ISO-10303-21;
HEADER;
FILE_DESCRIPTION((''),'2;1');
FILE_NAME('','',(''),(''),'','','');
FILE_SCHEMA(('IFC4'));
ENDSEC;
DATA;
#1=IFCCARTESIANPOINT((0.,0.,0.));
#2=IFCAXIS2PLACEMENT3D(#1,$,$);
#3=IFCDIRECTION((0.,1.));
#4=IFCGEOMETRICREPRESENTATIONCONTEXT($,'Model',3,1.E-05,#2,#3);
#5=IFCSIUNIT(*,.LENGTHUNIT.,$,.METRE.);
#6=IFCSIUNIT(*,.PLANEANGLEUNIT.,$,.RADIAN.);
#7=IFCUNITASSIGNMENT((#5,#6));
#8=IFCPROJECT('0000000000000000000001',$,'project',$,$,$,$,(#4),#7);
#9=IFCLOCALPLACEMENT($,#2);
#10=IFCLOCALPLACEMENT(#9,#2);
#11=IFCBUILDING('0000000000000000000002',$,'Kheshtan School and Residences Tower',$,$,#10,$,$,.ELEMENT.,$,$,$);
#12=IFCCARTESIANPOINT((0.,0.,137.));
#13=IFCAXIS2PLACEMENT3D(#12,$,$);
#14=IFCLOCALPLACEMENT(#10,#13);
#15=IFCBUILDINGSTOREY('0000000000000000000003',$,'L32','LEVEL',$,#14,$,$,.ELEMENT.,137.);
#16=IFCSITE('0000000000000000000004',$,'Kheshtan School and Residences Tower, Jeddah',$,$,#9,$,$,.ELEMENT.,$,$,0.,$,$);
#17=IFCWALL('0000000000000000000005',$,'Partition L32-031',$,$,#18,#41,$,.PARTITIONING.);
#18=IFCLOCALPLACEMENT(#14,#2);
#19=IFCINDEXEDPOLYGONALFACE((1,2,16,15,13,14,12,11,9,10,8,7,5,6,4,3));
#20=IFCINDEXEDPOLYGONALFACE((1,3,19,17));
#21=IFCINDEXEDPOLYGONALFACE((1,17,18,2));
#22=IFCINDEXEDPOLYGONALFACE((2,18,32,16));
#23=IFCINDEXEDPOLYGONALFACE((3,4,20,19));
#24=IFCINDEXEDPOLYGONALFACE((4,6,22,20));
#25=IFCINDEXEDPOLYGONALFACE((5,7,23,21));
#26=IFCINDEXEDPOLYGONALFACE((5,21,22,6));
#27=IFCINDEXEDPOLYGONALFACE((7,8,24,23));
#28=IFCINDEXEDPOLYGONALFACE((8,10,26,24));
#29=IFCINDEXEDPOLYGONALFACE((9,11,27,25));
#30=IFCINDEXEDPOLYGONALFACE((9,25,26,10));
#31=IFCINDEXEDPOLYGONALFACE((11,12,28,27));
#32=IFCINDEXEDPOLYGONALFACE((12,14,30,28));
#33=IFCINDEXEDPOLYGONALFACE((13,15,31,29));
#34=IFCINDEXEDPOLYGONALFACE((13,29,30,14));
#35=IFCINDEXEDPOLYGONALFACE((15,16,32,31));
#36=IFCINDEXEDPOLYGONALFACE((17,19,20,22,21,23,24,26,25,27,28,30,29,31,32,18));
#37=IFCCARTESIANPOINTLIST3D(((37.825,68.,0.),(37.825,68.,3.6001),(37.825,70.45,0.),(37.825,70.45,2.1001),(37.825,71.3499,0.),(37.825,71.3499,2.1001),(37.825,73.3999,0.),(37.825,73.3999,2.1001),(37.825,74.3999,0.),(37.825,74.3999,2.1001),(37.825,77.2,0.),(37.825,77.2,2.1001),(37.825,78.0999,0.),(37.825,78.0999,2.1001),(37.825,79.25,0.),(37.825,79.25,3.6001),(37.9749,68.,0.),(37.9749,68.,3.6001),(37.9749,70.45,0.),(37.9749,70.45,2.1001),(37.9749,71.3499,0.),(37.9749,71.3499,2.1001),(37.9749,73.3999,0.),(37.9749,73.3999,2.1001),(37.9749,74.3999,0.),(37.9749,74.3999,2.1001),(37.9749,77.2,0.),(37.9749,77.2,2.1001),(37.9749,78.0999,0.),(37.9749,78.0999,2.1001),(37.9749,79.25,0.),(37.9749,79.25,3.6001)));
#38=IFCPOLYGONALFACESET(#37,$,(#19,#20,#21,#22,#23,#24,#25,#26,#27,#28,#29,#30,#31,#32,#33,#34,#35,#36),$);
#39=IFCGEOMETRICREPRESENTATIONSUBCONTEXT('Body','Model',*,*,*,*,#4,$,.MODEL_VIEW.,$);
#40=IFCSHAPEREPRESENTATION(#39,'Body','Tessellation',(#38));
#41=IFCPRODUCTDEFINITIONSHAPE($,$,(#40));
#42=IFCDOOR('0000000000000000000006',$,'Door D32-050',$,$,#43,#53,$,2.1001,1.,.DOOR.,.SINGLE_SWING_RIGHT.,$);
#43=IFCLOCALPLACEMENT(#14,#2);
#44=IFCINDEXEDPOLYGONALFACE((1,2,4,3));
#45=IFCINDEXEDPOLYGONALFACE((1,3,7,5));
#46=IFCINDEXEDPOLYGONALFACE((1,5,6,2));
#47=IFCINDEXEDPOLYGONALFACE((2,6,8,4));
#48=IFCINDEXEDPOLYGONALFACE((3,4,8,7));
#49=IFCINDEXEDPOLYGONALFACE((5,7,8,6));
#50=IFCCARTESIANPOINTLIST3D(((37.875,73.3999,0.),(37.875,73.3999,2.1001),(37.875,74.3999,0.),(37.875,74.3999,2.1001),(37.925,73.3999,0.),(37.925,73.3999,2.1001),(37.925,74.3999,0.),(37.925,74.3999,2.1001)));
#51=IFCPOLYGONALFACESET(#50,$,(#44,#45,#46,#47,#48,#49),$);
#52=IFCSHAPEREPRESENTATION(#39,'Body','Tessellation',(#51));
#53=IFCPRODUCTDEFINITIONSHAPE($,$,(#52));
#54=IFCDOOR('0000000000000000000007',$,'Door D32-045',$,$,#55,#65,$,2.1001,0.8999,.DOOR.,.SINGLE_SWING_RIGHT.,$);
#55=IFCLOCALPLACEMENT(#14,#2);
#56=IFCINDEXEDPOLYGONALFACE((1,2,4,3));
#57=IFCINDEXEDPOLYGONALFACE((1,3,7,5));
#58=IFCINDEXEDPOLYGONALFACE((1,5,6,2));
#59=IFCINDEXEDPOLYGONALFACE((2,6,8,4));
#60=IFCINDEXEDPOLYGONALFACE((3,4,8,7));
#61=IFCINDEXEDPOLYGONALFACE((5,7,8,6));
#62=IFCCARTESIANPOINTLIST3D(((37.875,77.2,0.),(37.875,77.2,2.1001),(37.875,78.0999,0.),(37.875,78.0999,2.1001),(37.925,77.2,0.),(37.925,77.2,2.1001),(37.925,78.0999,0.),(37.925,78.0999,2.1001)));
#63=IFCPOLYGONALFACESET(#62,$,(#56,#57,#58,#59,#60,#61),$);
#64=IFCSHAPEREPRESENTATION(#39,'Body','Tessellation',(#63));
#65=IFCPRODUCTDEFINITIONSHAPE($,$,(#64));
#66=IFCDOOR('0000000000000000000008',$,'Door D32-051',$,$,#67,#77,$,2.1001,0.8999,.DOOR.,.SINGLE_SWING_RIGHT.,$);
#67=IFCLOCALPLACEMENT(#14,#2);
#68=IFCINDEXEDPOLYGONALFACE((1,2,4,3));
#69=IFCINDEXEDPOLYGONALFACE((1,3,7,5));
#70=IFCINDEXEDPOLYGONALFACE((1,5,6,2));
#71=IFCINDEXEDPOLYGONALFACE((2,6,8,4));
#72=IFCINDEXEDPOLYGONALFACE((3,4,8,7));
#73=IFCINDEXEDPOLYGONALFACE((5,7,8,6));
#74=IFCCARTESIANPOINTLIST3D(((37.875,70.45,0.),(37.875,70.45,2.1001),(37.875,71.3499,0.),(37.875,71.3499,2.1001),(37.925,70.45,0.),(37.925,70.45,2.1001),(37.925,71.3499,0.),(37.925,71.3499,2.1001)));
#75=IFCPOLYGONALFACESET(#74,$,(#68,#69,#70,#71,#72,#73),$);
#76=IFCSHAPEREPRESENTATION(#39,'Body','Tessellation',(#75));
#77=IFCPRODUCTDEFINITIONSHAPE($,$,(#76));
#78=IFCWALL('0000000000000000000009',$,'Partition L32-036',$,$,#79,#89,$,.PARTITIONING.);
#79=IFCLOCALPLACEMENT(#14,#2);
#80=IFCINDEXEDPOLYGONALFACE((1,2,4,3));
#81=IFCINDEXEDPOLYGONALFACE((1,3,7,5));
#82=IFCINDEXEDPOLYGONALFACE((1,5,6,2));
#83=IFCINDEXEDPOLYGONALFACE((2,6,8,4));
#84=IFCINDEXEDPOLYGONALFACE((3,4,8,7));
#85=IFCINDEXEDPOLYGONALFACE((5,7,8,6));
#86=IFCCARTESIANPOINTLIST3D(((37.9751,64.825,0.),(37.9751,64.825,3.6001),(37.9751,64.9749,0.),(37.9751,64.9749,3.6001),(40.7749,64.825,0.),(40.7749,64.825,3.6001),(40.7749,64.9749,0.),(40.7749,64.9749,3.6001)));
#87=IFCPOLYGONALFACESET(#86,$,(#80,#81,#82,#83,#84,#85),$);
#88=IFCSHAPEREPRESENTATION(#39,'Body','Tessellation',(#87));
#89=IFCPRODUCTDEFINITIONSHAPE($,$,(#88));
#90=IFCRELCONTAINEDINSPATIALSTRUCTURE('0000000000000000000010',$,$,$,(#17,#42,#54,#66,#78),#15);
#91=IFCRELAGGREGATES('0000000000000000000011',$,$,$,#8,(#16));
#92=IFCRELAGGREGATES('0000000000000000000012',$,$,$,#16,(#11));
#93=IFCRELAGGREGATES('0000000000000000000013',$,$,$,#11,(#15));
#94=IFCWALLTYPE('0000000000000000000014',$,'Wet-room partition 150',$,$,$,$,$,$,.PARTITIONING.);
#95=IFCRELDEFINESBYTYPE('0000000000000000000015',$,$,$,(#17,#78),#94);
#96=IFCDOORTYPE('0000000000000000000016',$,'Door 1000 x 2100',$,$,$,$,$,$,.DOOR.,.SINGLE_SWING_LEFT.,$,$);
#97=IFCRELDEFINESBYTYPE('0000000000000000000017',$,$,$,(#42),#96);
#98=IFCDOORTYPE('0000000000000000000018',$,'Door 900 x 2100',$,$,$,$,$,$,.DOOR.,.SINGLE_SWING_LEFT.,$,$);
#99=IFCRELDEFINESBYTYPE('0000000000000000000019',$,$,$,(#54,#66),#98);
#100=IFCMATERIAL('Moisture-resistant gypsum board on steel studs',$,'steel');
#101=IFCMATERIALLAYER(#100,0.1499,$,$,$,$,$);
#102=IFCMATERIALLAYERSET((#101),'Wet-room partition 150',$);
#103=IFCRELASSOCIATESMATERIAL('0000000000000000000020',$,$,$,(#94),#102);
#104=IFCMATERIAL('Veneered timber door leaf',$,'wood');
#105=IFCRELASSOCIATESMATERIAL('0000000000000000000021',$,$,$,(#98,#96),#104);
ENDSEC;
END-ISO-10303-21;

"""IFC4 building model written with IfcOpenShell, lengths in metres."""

from ifc_helpers import new_model, si_unit, direction, frame, frame_2d, origin, place, context, subcontext, project, spatial, rectangle, extrude, source, transform, mapped, material, layer, layer_set, type_object, element, fill, save


model = new_model("IFC4")

# Units and contexts
model_context = context("Model", 3, precision=1e-05, world=origin(), true_north=direction((0.0, 1.0)))
body_context = subcontext(model_context, "Body", "Model", "MODEL_VIEW")
ifc_project = project(units=[si_unit("LENGTHUNIT", "METRE"), si_unit("PLANEANGLEUNIT", "RADIAN")], contexts=[model_context])

# Site, building, storey
site_placement = place(None, origin())
site = spatial("IfcSite", under=ifc_project, at=site_placement, Name="Kheshtan School and Residences Tower, Jeddah", CompositionType="ELEMENT", RefElevation=0.0)
building_placement = place(site_placement, origin())
building = spatial("IfcBuilding", under=site, at=building_placement, Name="Kheshtan School and Residences Tower", CompositionType="ELEMENT")
storey_placement = place(building_placement, frame((0.0, 0.0, 137.0)))
storey = spatial("IfcBuildingStorey", under=building, at=storey_placement, Name="L32", Description="LEVEL", CompositionType="ELEMENT", Elevation=137.0)

# Shared definitions
ifc_material_1 = material(Name="Moisture-resistant gypsum board on steel studs", Category="steel")
ifc_layer_1 = layer(ifc_material_1, 0.1499)
ifc_layer_set_1 = layer_set([ifc_layer_1], Name="Wet-room partition 150")
wall_type_1 = type_object("IfcWallType", Name="Wet-room partition 150", PredefinedType="PARTITIONING", material=ifc_layer_set_1)

# Wall, openings, doors
ifc_material_2 = material(Name="Veneered timber door leaf", Category="wood")
door_type_1 = type_object("IfcDoorType", Name="Door 900 x 2100", OperationType="SINGLE_SWING_LEFT", PredefinedType="DOOR", material=ifc_material_2)
shared_shape_1 = source(origin(), body_context, "Body", "SweptSolid", [
    extrude(rectangle(XDim=0.8999, YDim=2.1001, at=frame_2d((0.45, 1.05))), frame((0.0, 0.0249, 0.0), z_axis=(0.0, -1.0, 0.0), x_axis=(1.0, 0.0, 0.0)), (0.0, 0.0, 1.0), 0.05),
])
wall_1_placement = place(storey_placement, frame((37.8999, 68.0, 0.0), z_axis=(0.0, 0.0, 1.0), x_axis=(0.0, 1.0, 0.0)))
wall_1 = element("IfcWall", 1, at=wall_1_placement, inside=storey, type_object=wall_type_1, Name="Partition L32-031", PredefinedType="PARTITIONING", context=body_context, shape_type="SweptSolid", body=[
    extrude(rectangle(XDim=11.25, YDim=0.1499, at=frame_2d((5.625, 0.0))), origin(), (0.0, 0.0, 1.0), 3.6001),
])
opening_1_placement = place(wall_1_placement, frame((9.2, 0.0, 0.0)))
opening_1 = element("IfcOpeningElement", 2, at=opening_1_placement, cuts=wall_1, PredefinedType="OPENING", context=body_context, shape_type="SweptSolid", body=[
    extrude(rectangle(XDim=0.8999, YDim=2.1001, at=frame_2d((0.45, 1.05))), frame((0.0, 0.085, 0.0), z_axis=(0.0, -1.0, 0.0), x_axis=(1.0, 0.0, 0.0)), (0.0, 0.0, 1.0), 0.1699),
])
opening_2_placement = place(wall_1_placement, frame((5.3999, 0.0, 0.0)))
opening_2 = element("IfcOpeningElement", 3, at=opening_2_placement, cuts=wall_1, PredefinedType="OPENING", context=body_context, shape_type="SweptSolid", body=[
    extrude(rectangle(XDim=1.0, YDim=2.1001, at=frame_2d((0.5, 1.05))), frame((0.0, 0.085, 0.0), z_axis=(0.0, -1.0, 0.0), x_axis=(1.0, 0.0, 0.0)), (0.0, 0.0, 1.0), 0.1699),
])
opening_3_placement = place(wall_1_placement, frame((2.45, 0.0, 0.0)))
opening_3 = element("IfcOpeningElement", 4, at=opening_3_placement, cuts=wall_1, PredefinedType="OPENING", context=body_context, shape_type="SweptSolid", body=[
    extrude(rectangle(XDim=0.8999, YDim=2.1001, at=frame_2d((0.45, 1.05))), frame((0.0, 0.085, 0.0), z_axis=(0.0, -1.0, 0.0), x_axis=(1.0, 0.0, 0.0)), (0.0, 0.0, 1.0), 0.1699),
])
door_type_2 = type_object("IfcDoorType", Name="Door 1000 x 2100", OperationType="SINGLE_SWING_LEFT", PredefinedType="DOOR", material=ifc_material_2)
shared_shape_2 = source(origin(), body_context, "Body", "SweptSolid", [
    extrude(rectangle(XDim=1.0, YDim=2.1001, at=frame_2d((0.5, 1.05))), frame((0.0, 0.0249, 0.0), z_axis=(0.0, -1.0, 0.0), x_axis=(1.0, 0.0, 0.0)), (0.0, 0.0, 1.0), 0.05),
])
door_1_placement = place(opening_2_placement, origin())
door_1 = element("IfcDoor", 5, at=door_1_placement, inside=storey, type_object=door_type_2, Name="Door D32-050", OperationType="SINGLE_SWING_RIGHT", OverallHeight=2.1001, OverallWidth=1.0, PredefinedType="DOOR", context=body_context, shape_type="MappedRepresentation", body=[
    mapped(shared_shape_2, transform((0.0, 0.0, 0.0), x_axis=(1.0, 0.0, 0.0), y_axis=(0.0, 1.0, 0.0), z_axis=(0.0, 0.0, 1.0), scale=1.0)),
])
fill(opening_2, door_1)
door_2_placement = place(opening_1_placement, origin())
door_2 = element("IfcDoor", 6, at=door_2_placement, inside=storey, type_object=door_type_1, Name="Door D32-045", OperationType="SINGLE_SWING_RIGHT", OverallHeight=2.1001, OverallWidth=0.8999, PredefinedType="DOOR", context=body_context, shape_type="MappedRepresentation", body=[
    mapped(shared_shape_1, transform((0.0, 0.0, 0.0), x_axis=(1.0, 0.0, 0.0), y_axis=(0.0, 1.0, 0.0), z_axis=(0.0, 0.0, 1.0), scale=1.0)),
])
fill(opening_1, door_2)
door_3_placement = place(opening_3_placement, origin())
door_3 = element("IfcDoor", 7, at=door_3_placement, inside=storey, type_object=door_type_1, Name="Door D32-051", OperationType="SINGLE_SWING_RIGHT", OverallHeight=2.1001, OverallWidth=0.8999, PredefinedType="DOOR", context=body_context, shape_type="MappedRepresentation", body=[
    mapped(shared_shape_1, transform((0.0, 0.0, 0.0), x_axis=(1.0, 0.0, 0.0), y_axis=(0.0, 1.0, 0.0), z_axis=(0.0, 0.0, 1.0), scale=1.0)),
])
fill(opening_3, door_3)

# Wall
wall_2_placement = place(storey_placement, frame((37.9751, 64.8999, 0.0), z_axis=(0.0, 0.0, 1.0), x_axis=(1.0, 0.0, 0.0)))
element("IfcWall", 8, at=wall_2_placement, inside=storey, type_object=wall_type_1, Name="Partition L32-036", PredefinedType="PARTITIONING", context=body_context, shape_type="SweptSolid", body=[
    extrude(rectangle(XDim=2.7998, YDim=0.1499, at=frame_2d((1.3999, 0.0))), origin(), (0.0, 0.0, 1.0), 3.6001),
])

save(model, "model.ifc")
